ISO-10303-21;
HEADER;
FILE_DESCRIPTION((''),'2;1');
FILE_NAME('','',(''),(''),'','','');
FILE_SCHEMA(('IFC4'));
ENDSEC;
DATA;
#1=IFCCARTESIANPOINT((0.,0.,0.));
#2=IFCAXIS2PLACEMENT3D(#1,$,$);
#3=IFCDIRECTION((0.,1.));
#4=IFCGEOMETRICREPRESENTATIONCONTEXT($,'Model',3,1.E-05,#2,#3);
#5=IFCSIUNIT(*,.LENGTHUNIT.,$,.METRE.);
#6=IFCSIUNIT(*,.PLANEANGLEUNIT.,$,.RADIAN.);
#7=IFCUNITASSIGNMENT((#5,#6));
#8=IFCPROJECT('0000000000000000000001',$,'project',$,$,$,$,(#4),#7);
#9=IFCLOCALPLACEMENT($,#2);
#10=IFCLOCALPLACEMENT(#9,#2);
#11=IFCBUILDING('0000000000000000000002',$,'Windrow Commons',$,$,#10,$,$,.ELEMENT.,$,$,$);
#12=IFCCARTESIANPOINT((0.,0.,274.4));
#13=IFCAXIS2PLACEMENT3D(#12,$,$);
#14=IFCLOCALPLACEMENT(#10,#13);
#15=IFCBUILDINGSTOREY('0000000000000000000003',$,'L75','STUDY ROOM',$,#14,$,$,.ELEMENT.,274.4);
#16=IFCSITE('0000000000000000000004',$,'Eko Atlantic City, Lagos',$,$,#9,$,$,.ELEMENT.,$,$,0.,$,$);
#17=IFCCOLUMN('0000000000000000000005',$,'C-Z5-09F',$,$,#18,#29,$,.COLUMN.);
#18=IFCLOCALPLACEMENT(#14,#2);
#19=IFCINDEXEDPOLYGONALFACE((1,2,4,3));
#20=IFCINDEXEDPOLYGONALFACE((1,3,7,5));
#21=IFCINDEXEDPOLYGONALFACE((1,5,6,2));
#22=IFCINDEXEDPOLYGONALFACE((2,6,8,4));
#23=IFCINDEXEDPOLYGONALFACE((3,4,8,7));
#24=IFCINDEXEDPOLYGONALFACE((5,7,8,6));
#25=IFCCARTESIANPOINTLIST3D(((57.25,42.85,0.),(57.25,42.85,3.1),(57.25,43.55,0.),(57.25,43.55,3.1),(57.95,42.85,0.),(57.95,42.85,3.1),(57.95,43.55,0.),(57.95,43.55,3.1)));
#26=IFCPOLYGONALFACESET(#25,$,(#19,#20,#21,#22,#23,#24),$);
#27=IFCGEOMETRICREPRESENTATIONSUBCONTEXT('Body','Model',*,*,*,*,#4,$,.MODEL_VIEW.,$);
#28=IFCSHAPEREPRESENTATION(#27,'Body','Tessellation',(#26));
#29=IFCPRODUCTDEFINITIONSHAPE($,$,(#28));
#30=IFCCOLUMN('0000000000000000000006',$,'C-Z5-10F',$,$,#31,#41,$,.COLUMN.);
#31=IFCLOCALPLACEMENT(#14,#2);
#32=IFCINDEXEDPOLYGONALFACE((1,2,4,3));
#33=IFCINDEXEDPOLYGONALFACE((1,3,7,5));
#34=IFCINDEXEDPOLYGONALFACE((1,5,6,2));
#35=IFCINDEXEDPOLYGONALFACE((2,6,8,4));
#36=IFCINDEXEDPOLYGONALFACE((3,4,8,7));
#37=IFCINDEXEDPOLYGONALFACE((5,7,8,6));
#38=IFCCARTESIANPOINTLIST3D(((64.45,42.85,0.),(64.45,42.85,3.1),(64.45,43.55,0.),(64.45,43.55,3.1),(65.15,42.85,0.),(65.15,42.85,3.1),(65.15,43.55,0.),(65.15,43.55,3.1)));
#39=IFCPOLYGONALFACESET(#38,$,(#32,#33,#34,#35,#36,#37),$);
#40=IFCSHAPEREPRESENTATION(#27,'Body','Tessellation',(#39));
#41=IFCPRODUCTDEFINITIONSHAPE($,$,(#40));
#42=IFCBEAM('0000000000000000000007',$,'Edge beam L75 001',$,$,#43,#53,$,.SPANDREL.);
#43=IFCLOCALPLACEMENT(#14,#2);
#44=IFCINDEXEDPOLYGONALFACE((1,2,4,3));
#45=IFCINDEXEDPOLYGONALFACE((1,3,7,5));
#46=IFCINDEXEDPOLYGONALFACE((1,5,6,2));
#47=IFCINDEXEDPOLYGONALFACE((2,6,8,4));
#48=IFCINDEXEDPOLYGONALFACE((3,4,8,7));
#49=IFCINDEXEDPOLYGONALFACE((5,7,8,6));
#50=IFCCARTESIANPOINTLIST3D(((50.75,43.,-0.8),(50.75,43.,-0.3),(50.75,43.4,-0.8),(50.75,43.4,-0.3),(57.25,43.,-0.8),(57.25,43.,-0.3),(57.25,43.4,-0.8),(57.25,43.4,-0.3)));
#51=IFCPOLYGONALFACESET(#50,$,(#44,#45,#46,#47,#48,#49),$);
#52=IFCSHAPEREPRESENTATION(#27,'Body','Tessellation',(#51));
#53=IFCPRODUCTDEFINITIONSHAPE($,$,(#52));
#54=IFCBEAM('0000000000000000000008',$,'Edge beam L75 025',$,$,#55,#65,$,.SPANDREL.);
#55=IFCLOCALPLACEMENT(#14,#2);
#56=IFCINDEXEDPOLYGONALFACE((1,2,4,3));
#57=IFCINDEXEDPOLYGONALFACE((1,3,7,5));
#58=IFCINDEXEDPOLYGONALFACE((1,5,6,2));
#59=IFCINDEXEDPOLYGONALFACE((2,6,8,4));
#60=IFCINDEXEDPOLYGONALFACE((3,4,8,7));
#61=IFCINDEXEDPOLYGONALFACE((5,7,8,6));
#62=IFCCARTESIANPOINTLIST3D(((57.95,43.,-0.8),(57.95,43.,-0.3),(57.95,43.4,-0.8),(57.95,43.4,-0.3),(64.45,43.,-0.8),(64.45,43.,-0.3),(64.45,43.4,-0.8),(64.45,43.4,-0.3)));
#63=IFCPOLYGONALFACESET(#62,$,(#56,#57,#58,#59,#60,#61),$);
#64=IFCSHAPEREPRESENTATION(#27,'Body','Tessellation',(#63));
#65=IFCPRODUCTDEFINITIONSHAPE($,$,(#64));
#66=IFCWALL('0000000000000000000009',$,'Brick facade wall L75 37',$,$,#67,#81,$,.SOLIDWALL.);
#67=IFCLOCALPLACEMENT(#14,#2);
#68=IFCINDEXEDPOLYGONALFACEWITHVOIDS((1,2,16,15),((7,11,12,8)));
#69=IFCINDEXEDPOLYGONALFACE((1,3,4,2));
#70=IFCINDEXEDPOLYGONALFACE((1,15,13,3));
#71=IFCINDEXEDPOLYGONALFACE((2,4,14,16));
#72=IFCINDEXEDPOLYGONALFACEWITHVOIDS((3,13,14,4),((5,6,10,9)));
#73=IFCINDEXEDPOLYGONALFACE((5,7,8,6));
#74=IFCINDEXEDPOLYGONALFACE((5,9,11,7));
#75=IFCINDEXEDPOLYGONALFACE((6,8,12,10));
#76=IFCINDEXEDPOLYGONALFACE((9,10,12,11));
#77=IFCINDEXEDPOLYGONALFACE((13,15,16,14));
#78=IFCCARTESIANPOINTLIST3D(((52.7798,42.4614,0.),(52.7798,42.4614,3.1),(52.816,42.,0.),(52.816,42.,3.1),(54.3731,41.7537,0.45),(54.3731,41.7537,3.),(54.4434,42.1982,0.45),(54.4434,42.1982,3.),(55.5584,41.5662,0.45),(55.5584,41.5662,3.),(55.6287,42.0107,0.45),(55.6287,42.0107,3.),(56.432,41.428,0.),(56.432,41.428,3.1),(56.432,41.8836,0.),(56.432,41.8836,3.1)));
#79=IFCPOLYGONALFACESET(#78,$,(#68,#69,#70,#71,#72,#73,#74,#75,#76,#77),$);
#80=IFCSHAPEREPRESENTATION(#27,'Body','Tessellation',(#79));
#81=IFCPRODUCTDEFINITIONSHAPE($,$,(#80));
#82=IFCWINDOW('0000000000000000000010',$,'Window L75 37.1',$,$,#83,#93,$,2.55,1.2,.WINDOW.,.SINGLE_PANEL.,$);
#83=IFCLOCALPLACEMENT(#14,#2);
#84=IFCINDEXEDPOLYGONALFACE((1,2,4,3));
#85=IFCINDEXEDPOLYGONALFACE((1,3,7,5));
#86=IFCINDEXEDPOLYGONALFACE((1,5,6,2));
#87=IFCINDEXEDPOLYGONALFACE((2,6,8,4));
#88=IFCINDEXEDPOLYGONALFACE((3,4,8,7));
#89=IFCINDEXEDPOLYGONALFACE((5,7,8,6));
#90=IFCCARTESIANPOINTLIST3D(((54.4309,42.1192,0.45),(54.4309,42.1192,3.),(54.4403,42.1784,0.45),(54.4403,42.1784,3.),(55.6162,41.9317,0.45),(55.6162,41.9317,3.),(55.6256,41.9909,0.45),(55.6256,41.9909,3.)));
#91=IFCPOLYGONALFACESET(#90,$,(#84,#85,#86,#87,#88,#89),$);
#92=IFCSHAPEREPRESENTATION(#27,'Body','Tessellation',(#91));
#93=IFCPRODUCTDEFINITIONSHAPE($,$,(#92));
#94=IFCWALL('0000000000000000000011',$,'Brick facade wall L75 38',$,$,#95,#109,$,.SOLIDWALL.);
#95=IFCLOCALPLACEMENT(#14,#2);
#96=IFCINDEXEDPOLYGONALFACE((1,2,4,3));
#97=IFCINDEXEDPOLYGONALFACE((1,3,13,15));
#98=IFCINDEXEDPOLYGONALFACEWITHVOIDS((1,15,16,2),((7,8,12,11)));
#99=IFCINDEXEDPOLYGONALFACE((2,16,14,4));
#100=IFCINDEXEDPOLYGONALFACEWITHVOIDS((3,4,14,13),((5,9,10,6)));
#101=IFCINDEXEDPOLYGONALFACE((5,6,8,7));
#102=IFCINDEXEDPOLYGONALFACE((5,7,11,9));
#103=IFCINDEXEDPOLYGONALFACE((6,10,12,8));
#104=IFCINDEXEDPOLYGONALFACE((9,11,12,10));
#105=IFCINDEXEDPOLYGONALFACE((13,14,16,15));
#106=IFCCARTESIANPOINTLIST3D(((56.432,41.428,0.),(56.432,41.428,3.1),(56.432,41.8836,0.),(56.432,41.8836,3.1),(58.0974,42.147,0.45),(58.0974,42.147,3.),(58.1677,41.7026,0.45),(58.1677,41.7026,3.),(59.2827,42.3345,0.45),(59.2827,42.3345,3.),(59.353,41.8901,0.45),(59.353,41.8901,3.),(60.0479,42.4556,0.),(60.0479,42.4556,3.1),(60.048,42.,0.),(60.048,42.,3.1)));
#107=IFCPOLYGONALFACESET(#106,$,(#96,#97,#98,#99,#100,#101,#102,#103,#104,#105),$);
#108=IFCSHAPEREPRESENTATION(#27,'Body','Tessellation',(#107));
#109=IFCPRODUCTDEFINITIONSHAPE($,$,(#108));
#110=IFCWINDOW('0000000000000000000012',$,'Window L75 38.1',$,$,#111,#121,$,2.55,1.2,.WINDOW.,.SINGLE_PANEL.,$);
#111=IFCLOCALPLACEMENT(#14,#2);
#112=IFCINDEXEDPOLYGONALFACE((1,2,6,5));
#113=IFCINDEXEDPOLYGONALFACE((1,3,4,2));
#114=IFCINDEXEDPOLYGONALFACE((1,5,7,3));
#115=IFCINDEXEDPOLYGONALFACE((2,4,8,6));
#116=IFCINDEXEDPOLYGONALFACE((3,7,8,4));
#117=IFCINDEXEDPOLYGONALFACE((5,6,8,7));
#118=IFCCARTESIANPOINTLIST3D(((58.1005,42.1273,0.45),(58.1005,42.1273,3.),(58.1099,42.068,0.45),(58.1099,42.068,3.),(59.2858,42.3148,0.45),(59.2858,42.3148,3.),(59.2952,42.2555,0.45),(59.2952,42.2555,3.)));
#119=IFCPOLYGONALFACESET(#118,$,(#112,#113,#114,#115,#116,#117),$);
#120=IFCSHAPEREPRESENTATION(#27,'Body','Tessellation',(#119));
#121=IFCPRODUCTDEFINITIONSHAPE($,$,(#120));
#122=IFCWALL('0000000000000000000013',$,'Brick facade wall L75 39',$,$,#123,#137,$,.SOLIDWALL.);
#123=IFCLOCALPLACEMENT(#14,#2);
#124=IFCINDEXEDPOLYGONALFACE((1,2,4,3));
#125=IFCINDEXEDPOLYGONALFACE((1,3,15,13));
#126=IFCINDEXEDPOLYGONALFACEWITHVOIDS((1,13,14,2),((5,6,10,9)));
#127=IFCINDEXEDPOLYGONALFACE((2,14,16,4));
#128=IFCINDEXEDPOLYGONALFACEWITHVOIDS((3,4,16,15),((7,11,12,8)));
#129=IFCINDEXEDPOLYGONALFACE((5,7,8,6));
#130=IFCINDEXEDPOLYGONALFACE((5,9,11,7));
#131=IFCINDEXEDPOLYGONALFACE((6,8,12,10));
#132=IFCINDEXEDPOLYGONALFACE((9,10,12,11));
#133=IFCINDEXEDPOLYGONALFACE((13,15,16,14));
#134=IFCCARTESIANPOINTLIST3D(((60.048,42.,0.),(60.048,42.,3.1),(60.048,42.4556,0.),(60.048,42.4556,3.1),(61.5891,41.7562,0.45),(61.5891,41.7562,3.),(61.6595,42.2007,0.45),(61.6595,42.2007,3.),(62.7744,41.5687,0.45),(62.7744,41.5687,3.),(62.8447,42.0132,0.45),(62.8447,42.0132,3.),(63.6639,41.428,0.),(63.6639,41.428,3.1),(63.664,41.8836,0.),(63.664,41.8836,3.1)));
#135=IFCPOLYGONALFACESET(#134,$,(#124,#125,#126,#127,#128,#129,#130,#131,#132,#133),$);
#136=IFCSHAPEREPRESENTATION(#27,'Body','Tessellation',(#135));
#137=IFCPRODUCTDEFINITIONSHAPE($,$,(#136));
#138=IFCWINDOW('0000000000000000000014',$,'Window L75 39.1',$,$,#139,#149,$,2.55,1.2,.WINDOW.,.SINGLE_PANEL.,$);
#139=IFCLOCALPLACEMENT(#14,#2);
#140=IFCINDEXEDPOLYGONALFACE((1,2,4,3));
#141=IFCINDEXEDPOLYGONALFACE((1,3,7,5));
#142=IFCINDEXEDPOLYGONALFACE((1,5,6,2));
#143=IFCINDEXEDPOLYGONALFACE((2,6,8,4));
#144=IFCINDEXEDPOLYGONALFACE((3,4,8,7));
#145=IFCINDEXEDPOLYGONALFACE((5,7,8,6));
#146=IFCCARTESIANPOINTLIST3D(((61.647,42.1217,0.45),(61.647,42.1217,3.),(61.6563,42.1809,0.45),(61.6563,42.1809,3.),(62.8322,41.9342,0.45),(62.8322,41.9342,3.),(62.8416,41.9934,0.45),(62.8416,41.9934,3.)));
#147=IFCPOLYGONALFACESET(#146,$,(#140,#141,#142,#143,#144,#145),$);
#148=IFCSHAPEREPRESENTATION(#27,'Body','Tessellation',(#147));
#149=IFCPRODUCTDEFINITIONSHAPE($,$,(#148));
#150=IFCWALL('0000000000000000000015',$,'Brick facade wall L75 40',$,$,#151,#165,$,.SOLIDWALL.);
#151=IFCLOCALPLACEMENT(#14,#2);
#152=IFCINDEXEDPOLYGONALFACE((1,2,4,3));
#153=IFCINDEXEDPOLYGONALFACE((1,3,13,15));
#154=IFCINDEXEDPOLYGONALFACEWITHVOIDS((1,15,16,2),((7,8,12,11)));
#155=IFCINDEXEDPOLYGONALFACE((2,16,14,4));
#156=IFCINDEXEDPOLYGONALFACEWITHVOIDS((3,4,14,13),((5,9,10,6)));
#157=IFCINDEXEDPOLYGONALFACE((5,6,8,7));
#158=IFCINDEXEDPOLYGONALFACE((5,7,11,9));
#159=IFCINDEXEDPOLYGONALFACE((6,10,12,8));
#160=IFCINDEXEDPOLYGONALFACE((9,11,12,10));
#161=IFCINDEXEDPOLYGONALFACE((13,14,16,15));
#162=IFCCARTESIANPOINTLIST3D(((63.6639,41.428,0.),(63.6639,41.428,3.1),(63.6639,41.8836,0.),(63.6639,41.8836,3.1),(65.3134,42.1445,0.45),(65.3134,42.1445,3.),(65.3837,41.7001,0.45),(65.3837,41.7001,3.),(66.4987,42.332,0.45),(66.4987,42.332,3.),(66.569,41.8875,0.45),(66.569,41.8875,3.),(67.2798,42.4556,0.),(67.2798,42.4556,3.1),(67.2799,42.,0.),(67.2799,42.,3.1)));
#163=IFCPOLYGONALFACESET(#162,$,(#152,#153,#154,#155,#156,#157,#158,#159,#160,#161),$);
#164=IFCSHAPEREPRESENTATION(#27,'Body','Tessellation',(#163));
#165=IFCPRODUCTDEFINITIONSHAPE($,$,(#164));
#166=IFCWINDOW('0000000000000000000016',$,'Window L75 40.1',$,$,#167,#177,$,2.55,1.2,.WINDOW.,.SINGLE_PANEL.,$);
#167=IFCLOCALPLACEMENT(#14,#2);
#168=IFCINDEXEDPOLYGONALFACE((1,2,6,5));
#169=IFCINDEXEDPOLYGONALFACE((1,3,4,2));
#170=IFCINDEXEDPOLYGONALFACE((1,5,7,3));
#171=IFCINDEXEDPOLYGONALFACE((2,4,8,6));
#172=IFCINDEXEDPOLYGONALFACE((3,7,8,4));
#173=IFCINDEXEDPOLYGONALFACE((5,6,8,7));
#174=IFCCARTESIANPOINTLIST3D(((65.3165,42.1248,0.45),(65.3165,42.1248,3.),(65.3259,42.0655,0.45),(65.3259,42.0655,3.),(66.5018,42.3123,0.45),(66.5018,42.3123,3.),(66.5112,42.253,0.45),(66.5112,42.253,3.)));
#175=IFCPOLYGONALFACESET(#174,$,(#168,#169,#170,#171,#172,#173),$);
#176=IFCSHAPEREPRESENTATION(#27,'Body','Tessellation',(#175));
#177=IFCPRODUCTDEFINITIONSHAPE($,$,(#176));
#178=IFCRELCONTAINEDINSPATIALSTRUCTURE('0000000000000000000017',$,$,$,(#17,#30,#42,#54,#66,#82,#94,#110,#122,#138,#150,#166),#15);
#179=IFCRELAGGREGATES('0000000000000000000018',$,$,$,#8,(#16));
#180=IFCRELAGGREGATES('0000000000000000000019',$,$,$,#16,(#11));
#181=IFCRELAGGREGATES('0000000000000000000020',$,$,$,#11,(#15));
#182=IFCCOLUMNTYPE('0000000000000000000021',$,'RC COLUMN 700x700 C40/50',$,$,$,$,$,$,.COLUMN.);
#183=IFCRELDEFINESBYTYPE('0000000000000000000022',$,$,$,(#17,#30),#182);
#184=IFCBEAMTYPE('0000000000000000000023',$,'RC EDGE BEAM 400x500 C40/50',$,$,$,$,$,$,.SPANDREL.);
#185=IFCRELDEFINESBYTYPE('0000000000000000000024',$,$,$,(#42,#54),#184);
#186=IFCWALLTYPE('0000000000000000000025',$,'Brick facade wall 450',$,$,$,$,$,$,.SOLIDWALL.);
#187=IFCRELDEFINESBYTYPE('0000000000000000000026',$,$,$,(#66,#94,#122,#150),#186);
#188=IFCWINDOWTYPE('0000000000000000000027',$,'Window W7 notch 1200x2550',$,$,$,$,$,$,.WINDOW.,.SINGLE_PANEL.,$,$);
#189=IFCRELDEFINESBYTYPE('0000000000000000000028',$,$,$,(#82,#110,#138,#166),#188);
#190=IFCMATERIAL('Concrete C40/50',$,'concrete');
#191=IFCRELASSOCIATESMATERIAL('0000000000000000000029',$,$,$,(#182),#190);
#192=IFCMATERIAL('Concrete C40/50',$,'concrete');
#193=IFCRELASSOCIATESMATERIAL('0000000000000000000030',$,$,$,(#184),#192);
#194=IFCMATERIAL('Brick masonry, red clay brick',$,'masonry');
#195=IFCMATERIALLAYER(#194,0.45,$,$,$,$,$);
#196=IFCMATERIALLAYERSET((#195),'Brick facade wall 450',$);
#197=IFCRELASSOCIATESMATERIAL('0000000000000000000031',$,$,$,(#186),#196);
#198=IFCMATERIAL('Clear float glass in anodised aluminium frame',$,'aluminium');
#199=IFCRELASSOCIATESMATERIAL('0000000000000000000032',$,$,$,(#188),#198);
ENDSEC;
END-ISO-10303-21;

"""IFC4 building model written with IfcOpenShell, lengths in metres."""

from ifc_helpers import new_model, si_unit, direction, frame, frame_2d, origin, origin_2d, place, context, subcontext, project, spatial, polyline, rectangle, outline, extrude, material, layer, layer_set, material_profile, profile_set, type_object, element, fill, save


model = new_model("IFC4")

# Units and contexts
model_context = context("Model", 3, precision=1e-05, world=origin(), true_north=direction((0.0, 1.0)))
body_context = subcontext(model_context, "Body", "Model", "MODEL_VIEW")
ifc_project = project(units=[si_unit("LENGTHUNIT", "METRE"), si_unit("PLANEANGLEUNIT", "RADIAN")], contexts=[model_context])

# Site, building, storey
site_placement = place(None, origin())
site = spatial("IfcSite", under=ifc_project, at=site_placement, Name="Eko Atlantic City, Lagos", CompositionType="ELEMENT", RefElevation=0.0)
building_placement = place(site_placement, origin())
building = spatial("IfcBuilding", under=site, at=building_placement, Name="Windrow Commons", CompositionType="ELEMENT")
storey_placement = place(building_placement, frame((0.0, 0.0, 274.4)))
storey = spatial("IfcBuildingStorey", under=building, at=storey_placement, Name="L75", Description="STUDY ROOM", CompositionType="ELEMENT", Elevation=274.4)

# Columns
ifc_material_1 = material(Name="Concrete C40/50", Category="concrete")
ifc_material_profile_1 = material_profile(ifc_material_1, rectangle(XDim=0.7, YDim=0.7, at=origin_2d()))
ifc_profile_set_1 = profile_set([ifc_material_profile_1], Name="Concrete C40/50")
column_type = type_object("IfcColumnType", Name="RC COLUMN 700x700 C40/50", PredefinedType="COLUMN", material=ifc_profile_set_1)
for number, where, z_axis, x_axis, name in (
    (1, (57.6, 43.2, 0.0), (0.0, 0.0, 1.0), (1.0, 0.0, 0.0), "C-Z5-09F"),
    (2, (64.8, 43.2, 0.0), (0.0, 0.0, 1.0), (1.0, 0.0, 0.0), "C-Z5-10F"),
):
    element("IfcColumn", number, at=place(storey_placement, frame(where, z_axis=z_axis, x_axis=x_axis)), inside=storey, type_object=column_type, Name=name, PredefinedType="COLUMN", context=body_context, shape_type="SweptSolid", body=[
        extrude(rectangle(XDim=0.7, YDim=0.7, at=origin_2d()), origin(), (0.0, 0.0, 1.0), 3.1),
    ])

# Beams
ifc_material_2 = material(Name="Concrete C40/50", Category="concrete")
ifc_material_profile_2 = material_profile(ifc_material_2, rectangle(XDim=0.4, YDim=0.5, at=origin_2d()))
ifc_profile_set_2 = profile_set([ifc_material_profile_2], Name="Concrete C40/50")
beam_type = type_object("IfcBeamType", Name="RC EDGE BEAM 400x500 C40/50", PredefinedType="SPANDREL", material=ifc_profile_set_2)
for number, where, z_axis, x_axis, name in (
    (3, (57.25, 43.2, -0.55), (-1.0, 0.0, 0.0), (0.0, -1.0, 0.0), "Edge beam L75 001"),
    (4, (64.45, 43.2, -0.55), (-1.0, 0.0, 0.0), (0.0, -1.0, 0.0), "Edge beam L75 025"),
):
    element("IfcBeam", number, at=place(storey_placement, frame(where, z_axis=z_axis, x_axis=x_axis)), inside=storey, type_object=beam_type, Name=name, PredefinedType="SPANDREL", context=body_context, shape_type="SweptSolid", body=[
        extrude(rectangle(XDim=0.4, YDim=0.5, at=origin_2d()), origin(), (0.0, 0.0, 1.0), 6.5),
    ])

# Walls, openings, windows
ifc_material_3 = material(Name="Brick masonry, red clay brick", Category="masonry")
ifc_layer_1 = layer(ifc_material_3, 0.45)
ifc_layer_set_1 = layer_set([ifc_layer_1], Name="Brick facade wall 450")
wall_type_1 = type_object("IfcWallType", Name="Brick facade wall 450", PredefinedType="SOLIDWALL", material=ifc_layer_set_1)
wall_1_placement = place(storey_placement, frame((52.7979, 42.2307, 0.0), z_axis=(0.0, 0.0, 1.0), x_axis=(0.987717, -0.156253, 0.0)))
wall_1 = element("IfcWall", 5, at=wall_1_placement, inside=storey, type_object=wall_type_1, Name="Brick facade wall L75 37", PredefinedType="SOLIDWALL", context=body_context, shape_type="SweptSolid", body=[
    extrude(outline(polyline([(0.0539, -0.225), (3.7149, -0.225), (3.6437, 0.225), (-0.0539, 0.225), (0.0539, -0.225)])), origin(), (0.0, 0.0, 1.0), 3.1),
])
opening_1_placement = place(wall_1_placement, frame((1.6304, 0.0, 0.45)))
opening_1 = element("IfcOpeningElement", 6, at=opening_1_placement, cuts=wall_1, PredefinedType="OPENING", context=body_context, shape_type="SweptSolid", body=[
    extrude(rectangle(XDim=1.2, YDim=2.55, at=frame_2d((0.6, 1.275))), frame((0.0, 0.235, 0.0), z_axis=(0.0, -1.0, 0.0), x_axis=(1.0, 0.0, 0.0)), (0.0, 0.0, 1.0), 0.47),
])
ifc_material_4 = material(Name="Clear float glass in anodised aluminium frame", Category="aluminium")
window_type = type_object("IfcWindowType", Name="Window W7 notch 1200x2550", PartitioningType="SINGLE_PANEL", PredefinedType="WINDOW", material=ifc_material_4)
window_1_placement = place(opening_1_placement, origin())
window_1 = element("IfcWindow", 7, at=window_1_placement, inside=storey, type_object=window_type, Name="Window L75 37.1", OverallHeight=2.55, OverallWidth=1.2, PartitioningType="SINGLE_PANEL", PredefinedType="WINDOW", context=body_context, shape_type="SweptSolid", body=[
    extrude(rectangle(XDim=1.2, YDim=2.55, at=frame_2d((0.6, 1.275))), frame((0.0, 0.205, 0.0), z_axis=(0.0, -1.0, 0.0), x_axis=(1.0, 0.0, 0.0)), (0.0, 0.0, 1.0), 0.06),
])
fill(opening_1, window_1)
wall_2_placement = place(storey_placement, frame((56.432, 41.6558, 0.0), z_axis=(0.0, 0.0, 1.0), x_axis=(0.987719, 0.156243, 0.0)))
wall_2 = element("IfcWall", 8, at=wall_2_placement, inside=storey, type_object=wall_type_1, Name="Brick facade wall L75 38", PredefinedType="SOLIDWALL", context=body_context, shape_type="SweptSolid", body=[
    extrude(outline(polyline([(-0.0356, -0.225), (3.6254, -0.225), (3.6965, 0.225), (0.0356, 0.225), (-0.0356, -0.225)])), origin(), (0.0, 0.0, 1.0), 3.1),
])
opening_2_placement = place(wall_2_placement, frame((1.7217, 0.0, 0.45)))
opening_2 = element("IfcOpeningElement", 9, at=opening_2_placement, cuts=wall_2, PredefinedType="OPENING", context=body_context, shape_type="SweptSolid", body=[
    extrude(rectangle(XDim=1.2, YDim=2.55, at=frame_2d((0.6, 1.275))), frame((0.0, 0.235, 0.0), z_axis=(0.0, -1.0, 0.0), x_axis=(1.0, 0.0, 0.0)), (0.0, 0.0, 1.0), 0.47),
])
window_2_placement = place(opening_2_placement, origin())
window_2 = element("IfcWindow", 10, at=window_2_placement, inside=storey, type_object=window_type, Name="Window L75 38.1", OverallHeight=2.55, OverallWidth=1.2, PartitioningType="SINGLE_PANEL", PredefinedType="WINDOW", context=body_context, shape_type="SweptSolid", body=[
    extrude(rectangle(XDim=1.2, YDim=2.55, at=frame_2d((0.6, 1.275))), frame((0.0, 0.205, 0.0), z_axis=(0.0, -1.0, 0.0), x_axis=(1.0, 0.0, 0.0)), (0.0, 0.0, 1.0), 0.06),
])
fill(opening_2, window_2)
wall_3_placement = place(storey_placement, frame((60.048, 42.2278, 0.0), z_axis=(0.0, 0.0, 1.0), x_axis=(0.987718, -0.156247, 0.0)))
wall_3 = element("IfcWall", 11, at=wall_3_placement, inside=storey, type_object=wall_type_1, Name="Brick facade wall L75 39", PredefinedType="SOLIDWALL", context=body_context, shape_type="SweptSolid", body=[
    extrude(outline(polyline([(0.0356, -0.225), (3.6965, -0.225), (3.6254, 0.225), (-0.0356, 0.225), (0.0356, -0.225)])), origin(), (0.0, 0.0, 1.0), 3.1),
])
opening_3_placement = place(wall_3_placement, frame((1.5959, 0.0, 0.45)))
opening_3 = element("IfcOpeningElement", 12, at=opening_3_placement, cuts=wall_3, PredefinedType="OPENING", context=body_context, shape_type="SweptSolid", body=[
    extrude(rectangle(XDim=1.2, YDim=2.55, at=frame_2d((0.6, 1.275))), frame((0.0, 0.235, 0.0), z_axis=(0.0, -1.0, 0.0), x_axis=(1.0, 0.0, 0.0)), (0.0, 0.0, 1.0), 0.47),
])
window_3_placement = place(opening_3_placement, origin())
window_3 = element("IfcWindow", 13, at=window_3_placement, inside=storey, type_object=window_type, Name="Window L75 39.1", OverallHeight=2.55, OverallWidth=1.2, PartitioningType="SINGLE_PANEL", PredefinedType="WINDOW", context=body_context, shape_type="SweptSolid", body=[
    extrude(rectangle(XDim=1.2, YDim=2.55, at=frame_2d((0.6, 1.275))), frame((0.0, 0.205, 0.0), z_axis=(0.0, -1.0, 0.0), x_axis=(1.0, 0.0, 0.0)), (0.0, 0.0, 1.0), 0.06),
])
fill(opening_3, window_3)
wall_4_placement = place(storey_placement, frame((63.6639, 41.6558, 0.0), z_axis=(0.0, 0.0, 1.0), x_axis=(0.987719, 0.156243, 0.0)))
wall_4 = element("IfcWall", 14, at=wall_4_placement, inside=storey, type_object=wall_type_1, Name="Brick facade wall L75 40", PredefinedType="SOLIDWALL", context=body_context, shape_type="SweptSolid", body=[
    extrude(outline(polyline([(-0.0356, -0.225), (3.6254, -0.225), (3.6965, 0.225), (0.0356, 0.225), (-0.0356, -0.225)])), origin(), (0.0, 0.0, 1.0), 3.1),
])
opening_4_placement = place(wall_4_placement, frame((1.7056, 0.0, 0.45)))
opening_4 = element("IfcOpeningElement", 15, at=opening_4_placement, cuts=wall_4, PredefinedType="OPENING", context=body_context, shape_type="SweptSolid", body=[
    extrude(rectangle(XDim=1.2, YDim=2.55, at=frame_2d((0.6, 1.275))), frame((0.0, 0.235, 0.0), z_axis=(0.0, -1.0, 0.0), x_axis=(1.0, 0.0, 0.0)), (0.0, 0.0, 1.0), 0.47),
])
window_4_placement = place(opening_4_placement, origin())
window_4 = element("IfcWindow", 16, at=window_4_placement, inside=storey, type_object=window_type, Name="Window L75 40.1", OverallHeight=2.55, OverallWidth=1.2, PartitioningType="SINGLE_PANEL", PredefinedType="WINDOW", context=body_context, shape_type="SweptSolid", body=[
    extrude(rectangle(XDim=1.2, YDim=2.55, at=frame_2d((0.6, 1.275))), frame((0.0, 0.205, 0.0), z_axis=(0.0, -1.0, 0.0), x_axis=(1.0, 0.0, 0.0)), (0.0, 0.0, 1.0), 0.06),
])
fill(opening_4, window_4)

save(model, "model.ifc")
